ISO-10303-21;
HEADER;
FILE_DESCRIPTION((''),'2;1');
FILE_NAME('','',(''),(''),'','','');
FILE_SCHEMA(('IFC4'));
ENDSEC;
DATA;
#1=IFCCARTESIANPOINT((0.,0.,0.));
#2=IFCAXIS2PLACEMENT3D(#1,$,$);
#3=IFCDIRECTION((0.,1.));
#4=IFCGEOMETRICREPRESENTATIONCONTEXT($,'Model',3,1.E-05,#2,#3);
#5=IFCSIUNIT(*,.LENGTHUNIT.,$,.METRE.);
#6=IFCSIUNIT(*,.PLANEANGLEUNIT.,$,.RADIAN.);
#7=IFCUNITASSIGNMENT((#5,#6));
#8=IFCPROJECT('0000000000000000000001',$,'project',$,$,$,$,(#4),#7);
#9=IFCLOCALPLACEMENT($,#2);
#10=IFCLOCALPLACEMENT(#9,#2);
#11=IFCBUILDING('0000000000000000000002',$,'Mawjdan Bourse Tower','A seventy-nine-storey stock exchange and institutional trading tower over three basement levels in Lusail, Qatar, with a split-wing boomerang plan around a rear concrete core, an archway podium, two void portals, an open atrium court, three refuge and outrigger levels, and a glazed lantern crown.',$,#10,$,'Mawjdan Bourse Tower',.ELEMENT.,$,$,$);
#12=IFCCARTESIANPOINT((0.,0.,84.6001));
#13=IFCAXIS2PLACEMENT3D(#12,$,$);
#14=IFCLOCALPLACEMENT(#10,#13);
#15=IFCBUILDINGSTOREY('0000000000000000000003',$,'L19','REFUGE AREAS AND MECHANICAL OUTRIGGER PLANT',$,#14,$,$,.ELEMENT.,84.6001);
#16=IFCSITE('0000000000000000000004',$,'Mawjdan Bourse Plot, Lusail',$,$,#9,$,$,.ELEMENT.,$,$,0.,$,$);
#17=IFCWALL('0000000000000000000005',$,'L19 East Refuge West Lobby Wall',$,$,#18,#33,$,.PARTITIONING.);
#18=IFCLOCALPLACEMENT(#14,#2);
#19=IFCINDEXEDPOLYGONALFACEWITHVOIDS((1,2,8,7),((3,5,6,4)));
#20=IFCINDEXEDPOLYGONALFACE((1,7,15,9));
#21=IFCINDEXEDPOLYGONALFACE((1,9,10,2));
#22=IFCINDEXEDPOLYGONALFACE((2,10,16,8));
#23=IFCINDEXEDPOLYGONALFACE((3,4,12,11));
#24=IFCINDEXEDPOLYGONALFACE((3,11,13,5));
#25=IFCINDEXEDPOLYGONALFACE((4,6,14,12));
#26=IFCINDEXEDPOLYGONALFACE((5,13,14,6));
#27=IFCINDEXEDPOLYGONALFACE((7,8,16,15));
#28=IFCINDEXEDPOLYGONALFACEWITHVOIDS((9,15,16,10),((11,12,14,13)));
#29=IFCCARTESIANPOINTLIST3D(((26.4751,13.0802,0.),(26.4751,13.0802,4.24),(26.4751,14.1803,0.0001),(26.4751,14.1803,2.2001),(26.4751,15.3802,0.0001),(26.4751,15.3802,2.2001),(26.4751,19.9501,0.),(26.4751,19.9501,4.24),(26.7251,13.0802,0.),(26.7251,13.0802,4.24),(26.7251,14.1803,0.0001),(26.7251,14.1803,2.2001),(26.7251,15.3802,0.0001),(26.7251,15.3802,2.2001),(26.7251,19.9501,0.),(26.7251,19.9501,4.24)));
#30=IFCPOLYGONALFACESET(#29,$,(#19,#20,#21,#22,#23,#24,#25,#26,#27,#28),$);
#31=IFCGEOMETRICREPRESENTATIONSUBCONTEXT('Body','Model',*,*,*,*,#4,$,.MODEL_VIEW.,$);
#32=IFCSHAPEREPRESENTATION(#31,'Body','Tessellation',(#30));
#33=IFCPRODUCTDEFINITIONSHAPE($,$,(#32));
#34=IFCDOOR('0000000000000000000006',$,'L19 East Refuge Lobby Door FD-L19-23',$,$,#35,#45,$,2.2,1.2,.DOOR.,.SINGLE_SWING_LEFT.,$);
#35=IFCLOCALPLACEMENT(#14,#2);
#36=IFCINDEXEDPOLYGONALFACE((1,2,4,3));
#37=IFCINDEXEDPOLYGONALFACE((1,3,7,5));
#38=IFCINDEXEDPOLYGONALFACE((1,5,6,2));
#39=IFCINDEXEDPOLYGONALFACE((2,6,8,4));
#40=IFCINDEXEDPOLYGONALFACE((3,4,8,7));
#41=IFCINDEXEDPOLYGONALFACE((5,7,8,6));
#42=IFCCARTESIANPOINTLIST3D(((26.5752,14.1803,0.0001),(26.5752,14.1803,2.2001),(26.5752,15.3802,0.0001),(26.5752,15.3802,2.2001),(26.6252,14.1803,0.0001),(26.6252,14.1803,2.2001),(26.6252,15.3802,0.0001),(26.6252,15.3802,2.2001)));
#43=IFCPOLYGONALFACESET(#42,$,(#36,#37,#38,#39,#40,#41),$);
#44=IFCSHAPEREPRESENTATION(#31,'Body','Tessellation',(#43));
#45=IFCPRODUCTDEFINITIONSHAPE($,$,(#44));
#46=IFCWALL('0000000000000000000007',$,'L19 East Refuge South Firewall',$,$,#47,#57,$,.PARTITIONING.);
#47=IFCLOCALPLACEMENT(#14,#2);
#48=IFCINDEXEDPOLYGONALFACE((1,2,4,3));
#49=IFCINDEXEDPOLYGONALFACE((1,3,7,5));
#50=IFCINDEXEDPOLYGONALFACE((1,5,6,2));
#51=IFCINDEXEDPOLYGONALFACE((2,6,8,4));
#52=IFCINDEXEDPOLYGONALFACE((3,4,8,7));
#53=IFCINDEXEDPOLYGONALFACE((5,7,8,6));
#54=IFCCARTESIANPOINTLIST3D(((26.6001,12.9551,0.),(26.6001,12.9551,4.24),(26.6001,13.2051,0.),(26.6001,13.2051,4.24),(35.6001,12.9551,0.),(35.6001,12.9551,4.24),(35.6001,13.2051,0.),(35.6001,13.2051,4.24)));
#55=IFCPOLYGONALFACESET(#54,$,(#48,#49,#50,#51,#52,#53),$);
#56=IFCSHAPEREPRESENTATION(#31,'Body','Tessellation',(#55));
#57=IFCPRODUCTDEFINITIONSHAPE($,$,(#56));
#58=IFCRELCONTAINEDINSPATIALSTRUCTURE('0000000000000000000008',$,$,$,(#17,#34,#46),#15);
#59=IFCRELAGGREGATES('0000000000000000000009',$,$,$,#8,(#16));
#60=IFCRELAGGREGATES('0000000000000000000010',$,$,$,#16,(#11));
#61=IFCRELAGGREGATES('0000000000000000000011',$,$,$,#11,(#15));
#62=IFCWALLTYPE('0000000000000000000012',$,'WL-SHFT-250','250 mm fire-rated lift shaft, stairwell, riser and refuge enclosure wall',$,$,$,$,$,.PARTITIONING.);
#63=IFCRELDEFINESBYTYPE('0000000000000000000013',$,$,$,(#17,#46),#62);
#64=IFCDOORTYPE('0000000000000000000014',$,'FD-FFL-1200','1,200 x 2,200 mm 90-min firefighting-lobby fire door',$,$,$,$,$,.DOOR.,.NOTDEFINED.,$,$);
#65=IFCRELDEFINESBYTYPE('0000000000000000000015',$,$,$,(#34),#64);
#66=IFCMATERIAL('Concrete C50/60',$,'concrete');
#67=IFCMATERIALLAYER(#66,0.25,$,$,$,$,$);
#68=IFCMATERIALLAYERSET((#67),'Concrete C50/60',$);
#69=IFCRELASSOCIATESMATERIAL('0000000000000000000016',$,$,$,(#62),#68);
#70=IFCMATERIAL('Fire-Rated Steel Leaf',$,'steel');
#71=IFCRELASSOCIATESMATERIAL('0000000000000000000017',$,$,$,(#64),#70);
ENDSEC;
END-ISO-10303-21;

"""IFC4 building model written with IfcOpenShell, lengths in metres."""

from ifc_helpers import new_model, si_unit, direction, frame, frame_2d, origin, place, context, subcontext, project, spatial, rectangle, extrude, material, layer, layer_set, type_object, element, fill, save


model = new_model("IFC4")

# Units and contexts
model_context = context("Model", 3, precision=1e-05, world=origin(), true_north=direction((0.0, 1.0)))
body_context = subcontext(model_context, "Body", "Model", "MODEL_VIEW")
ifc_project = project(units=[si_unit("LENGTHUNIT", "METRE"), si_unit("PLANEANGLEUNIT", "RADIAN")], contexts=[model_context])

# Site, building, storey
site_placement = place(None, origin())
site = spatial("IfcSite", under=ifc_project, at=site_placement, Name="Mawjdan Bourse Plot, Lusail", CompositionType="ELEMENT", RefElevation=0.0)
building_placement = place(site_placement, origin())
building = spatial("IfcBuilding", under=site, at=building_placement, Name="Mawjdan Bourse Tower", Description="A seventy-nine-storey stock exchange and institutional trading tower over three basement levels in Lusail, Qatar, with a split-wing boomerang plan around a rear concrete core, an archway podium, two void portals, an open atrium court, three refuge and outrigger levels, and a glazed lantern crown.", LongName="Mawjdan Bourse Tower", CompositionType="ELEMENT")
storey_placement = place(building_placement, frame((0.0, 0.0, 84.6001)))
storey = spatial("IfcBuildingStorey", under=building, at=storey_placement, Name="L19", Description="REFUGE AREAS AND MECHANICAL OUTRIGGER PLANT", CompositionType="ELEMENT", Elevation=84.6001)

# Shared definitions
ifc_material_1 = material(Name="Concrete C50/60", Category="concrete")
ifc_layer_1 = layer(ifc_material_1, 0.25)
ifc_layer_set_1 = layer_set([ifc_layer_1], Name="Concrete C50/60")
wall_type_1 = type_object("IfcWallType", Name="WL-SHFT-250", Description="250 mm fire-rated lift shaft, stairwell, riser and refuge enclosure wall", PredefinedType="PARTITIONING", material=ifc_layer_set_1)

# Wall, opening, door
wall_1_placement = place(storey_placement, frame((26.6001, 13.0801, 0.0), z_axis=(0.0, 0.0, 1.0), x_axis=(0.0, 1.0, 0.0)))
wall_1 = element("IfcWall", 1, at=wall_1_placement, inside=storey, type_object=wall_type_1, Name="L19 East Refuge West Lobby Wall", PredefinedType="PARTITIONING", context=body_context, shape_type="SweptSolid", body=[
    extrude(rectangle(XDim=6.8699, YDim=0.25, at=frame_2d((3.4351, 0.0))), origin(), (0.0, 0.0, 1.0), 4.24),
])
opening_1_placement = place(wall_1_placement, frame((1.1001, 0.0, 0.0)))
opening_1 = element("IfcOpeningElement", 2, at=opening_1_placement, cuts=wall_1, PredefinedType="OPENING", context=body_context, shape_type="SweptSolid", body=[
    extrude(rectangle(XDim=1.2, YDim=2.2, at=frame_2d((0.6001, 1.1001))), frame((0.0, 0.135, 0.0), z_axis=(0.0, -1.0, 0.0), x_axis=(1.0, 0.0, 0.0)), (0.0, 0.0, 1.0), 0.27),
])
ifc_material_2 = material(Name="Fire-Rated Steel Leaf", Category="steel")
door_type_1 = type_object("IfcDoorType", Name="FD-FFL-1200", Description="1,200 x 2,200 mm 90-min firefighting-lobby fire door", OperationType="NOTDEFINED", PredefinedType="DOOR", material=ifc_material_2)
door_1_placement = place(opening_1_placement, origin())
door_1 = element("IfcDoor", 3, at=door_1_placement, inside=storey, type_object=door_type_1, Name="L19 East Refuge Lobby Door FD-L19-23", OperationType="SINGLE_SWING_LEFT", OverallHeight=2.2, OverallWidth=1.2, PredefinedType="DOOR", context=body_context, shape_type="SweptSolid", body=[
    extrude(rectangle(XDim=1.2, YDim=2.2, at=frame_2d((0.6001, 1.1001))), frame((0.0, 0.0249, 0.0), z_axis=(0.0, -1.0, 0.0), x_axis=(1.0, 0.0, 0.0)), (0.0, 0.0, 1.0), 0.05),
])
fill(opening_1, door_1)

# Wall
wall_2_placement = place(storey_placement, frame((26.6001, 13.0801, 0.0), z_axis=(0.0, 0.0, 1.0), x_axis=(1.0, 0.0, 0.0)))
element("IfcWall", 4, at=wall_2_placement, inside=storey, type_object=wall_type_1, Name="L19 East Refuge South Firewall", PredefinedType="PARTITIONING", context=body_context, shape_type="SweptSolid", body=[
    extrude(rectangle(XDim=9.0, YDim=0.25, at=frame_2d((4.5, 0.0))), origin(), (0.0, 0.0, 1.0), 4.24),
])

save(model, "model.ifc")
